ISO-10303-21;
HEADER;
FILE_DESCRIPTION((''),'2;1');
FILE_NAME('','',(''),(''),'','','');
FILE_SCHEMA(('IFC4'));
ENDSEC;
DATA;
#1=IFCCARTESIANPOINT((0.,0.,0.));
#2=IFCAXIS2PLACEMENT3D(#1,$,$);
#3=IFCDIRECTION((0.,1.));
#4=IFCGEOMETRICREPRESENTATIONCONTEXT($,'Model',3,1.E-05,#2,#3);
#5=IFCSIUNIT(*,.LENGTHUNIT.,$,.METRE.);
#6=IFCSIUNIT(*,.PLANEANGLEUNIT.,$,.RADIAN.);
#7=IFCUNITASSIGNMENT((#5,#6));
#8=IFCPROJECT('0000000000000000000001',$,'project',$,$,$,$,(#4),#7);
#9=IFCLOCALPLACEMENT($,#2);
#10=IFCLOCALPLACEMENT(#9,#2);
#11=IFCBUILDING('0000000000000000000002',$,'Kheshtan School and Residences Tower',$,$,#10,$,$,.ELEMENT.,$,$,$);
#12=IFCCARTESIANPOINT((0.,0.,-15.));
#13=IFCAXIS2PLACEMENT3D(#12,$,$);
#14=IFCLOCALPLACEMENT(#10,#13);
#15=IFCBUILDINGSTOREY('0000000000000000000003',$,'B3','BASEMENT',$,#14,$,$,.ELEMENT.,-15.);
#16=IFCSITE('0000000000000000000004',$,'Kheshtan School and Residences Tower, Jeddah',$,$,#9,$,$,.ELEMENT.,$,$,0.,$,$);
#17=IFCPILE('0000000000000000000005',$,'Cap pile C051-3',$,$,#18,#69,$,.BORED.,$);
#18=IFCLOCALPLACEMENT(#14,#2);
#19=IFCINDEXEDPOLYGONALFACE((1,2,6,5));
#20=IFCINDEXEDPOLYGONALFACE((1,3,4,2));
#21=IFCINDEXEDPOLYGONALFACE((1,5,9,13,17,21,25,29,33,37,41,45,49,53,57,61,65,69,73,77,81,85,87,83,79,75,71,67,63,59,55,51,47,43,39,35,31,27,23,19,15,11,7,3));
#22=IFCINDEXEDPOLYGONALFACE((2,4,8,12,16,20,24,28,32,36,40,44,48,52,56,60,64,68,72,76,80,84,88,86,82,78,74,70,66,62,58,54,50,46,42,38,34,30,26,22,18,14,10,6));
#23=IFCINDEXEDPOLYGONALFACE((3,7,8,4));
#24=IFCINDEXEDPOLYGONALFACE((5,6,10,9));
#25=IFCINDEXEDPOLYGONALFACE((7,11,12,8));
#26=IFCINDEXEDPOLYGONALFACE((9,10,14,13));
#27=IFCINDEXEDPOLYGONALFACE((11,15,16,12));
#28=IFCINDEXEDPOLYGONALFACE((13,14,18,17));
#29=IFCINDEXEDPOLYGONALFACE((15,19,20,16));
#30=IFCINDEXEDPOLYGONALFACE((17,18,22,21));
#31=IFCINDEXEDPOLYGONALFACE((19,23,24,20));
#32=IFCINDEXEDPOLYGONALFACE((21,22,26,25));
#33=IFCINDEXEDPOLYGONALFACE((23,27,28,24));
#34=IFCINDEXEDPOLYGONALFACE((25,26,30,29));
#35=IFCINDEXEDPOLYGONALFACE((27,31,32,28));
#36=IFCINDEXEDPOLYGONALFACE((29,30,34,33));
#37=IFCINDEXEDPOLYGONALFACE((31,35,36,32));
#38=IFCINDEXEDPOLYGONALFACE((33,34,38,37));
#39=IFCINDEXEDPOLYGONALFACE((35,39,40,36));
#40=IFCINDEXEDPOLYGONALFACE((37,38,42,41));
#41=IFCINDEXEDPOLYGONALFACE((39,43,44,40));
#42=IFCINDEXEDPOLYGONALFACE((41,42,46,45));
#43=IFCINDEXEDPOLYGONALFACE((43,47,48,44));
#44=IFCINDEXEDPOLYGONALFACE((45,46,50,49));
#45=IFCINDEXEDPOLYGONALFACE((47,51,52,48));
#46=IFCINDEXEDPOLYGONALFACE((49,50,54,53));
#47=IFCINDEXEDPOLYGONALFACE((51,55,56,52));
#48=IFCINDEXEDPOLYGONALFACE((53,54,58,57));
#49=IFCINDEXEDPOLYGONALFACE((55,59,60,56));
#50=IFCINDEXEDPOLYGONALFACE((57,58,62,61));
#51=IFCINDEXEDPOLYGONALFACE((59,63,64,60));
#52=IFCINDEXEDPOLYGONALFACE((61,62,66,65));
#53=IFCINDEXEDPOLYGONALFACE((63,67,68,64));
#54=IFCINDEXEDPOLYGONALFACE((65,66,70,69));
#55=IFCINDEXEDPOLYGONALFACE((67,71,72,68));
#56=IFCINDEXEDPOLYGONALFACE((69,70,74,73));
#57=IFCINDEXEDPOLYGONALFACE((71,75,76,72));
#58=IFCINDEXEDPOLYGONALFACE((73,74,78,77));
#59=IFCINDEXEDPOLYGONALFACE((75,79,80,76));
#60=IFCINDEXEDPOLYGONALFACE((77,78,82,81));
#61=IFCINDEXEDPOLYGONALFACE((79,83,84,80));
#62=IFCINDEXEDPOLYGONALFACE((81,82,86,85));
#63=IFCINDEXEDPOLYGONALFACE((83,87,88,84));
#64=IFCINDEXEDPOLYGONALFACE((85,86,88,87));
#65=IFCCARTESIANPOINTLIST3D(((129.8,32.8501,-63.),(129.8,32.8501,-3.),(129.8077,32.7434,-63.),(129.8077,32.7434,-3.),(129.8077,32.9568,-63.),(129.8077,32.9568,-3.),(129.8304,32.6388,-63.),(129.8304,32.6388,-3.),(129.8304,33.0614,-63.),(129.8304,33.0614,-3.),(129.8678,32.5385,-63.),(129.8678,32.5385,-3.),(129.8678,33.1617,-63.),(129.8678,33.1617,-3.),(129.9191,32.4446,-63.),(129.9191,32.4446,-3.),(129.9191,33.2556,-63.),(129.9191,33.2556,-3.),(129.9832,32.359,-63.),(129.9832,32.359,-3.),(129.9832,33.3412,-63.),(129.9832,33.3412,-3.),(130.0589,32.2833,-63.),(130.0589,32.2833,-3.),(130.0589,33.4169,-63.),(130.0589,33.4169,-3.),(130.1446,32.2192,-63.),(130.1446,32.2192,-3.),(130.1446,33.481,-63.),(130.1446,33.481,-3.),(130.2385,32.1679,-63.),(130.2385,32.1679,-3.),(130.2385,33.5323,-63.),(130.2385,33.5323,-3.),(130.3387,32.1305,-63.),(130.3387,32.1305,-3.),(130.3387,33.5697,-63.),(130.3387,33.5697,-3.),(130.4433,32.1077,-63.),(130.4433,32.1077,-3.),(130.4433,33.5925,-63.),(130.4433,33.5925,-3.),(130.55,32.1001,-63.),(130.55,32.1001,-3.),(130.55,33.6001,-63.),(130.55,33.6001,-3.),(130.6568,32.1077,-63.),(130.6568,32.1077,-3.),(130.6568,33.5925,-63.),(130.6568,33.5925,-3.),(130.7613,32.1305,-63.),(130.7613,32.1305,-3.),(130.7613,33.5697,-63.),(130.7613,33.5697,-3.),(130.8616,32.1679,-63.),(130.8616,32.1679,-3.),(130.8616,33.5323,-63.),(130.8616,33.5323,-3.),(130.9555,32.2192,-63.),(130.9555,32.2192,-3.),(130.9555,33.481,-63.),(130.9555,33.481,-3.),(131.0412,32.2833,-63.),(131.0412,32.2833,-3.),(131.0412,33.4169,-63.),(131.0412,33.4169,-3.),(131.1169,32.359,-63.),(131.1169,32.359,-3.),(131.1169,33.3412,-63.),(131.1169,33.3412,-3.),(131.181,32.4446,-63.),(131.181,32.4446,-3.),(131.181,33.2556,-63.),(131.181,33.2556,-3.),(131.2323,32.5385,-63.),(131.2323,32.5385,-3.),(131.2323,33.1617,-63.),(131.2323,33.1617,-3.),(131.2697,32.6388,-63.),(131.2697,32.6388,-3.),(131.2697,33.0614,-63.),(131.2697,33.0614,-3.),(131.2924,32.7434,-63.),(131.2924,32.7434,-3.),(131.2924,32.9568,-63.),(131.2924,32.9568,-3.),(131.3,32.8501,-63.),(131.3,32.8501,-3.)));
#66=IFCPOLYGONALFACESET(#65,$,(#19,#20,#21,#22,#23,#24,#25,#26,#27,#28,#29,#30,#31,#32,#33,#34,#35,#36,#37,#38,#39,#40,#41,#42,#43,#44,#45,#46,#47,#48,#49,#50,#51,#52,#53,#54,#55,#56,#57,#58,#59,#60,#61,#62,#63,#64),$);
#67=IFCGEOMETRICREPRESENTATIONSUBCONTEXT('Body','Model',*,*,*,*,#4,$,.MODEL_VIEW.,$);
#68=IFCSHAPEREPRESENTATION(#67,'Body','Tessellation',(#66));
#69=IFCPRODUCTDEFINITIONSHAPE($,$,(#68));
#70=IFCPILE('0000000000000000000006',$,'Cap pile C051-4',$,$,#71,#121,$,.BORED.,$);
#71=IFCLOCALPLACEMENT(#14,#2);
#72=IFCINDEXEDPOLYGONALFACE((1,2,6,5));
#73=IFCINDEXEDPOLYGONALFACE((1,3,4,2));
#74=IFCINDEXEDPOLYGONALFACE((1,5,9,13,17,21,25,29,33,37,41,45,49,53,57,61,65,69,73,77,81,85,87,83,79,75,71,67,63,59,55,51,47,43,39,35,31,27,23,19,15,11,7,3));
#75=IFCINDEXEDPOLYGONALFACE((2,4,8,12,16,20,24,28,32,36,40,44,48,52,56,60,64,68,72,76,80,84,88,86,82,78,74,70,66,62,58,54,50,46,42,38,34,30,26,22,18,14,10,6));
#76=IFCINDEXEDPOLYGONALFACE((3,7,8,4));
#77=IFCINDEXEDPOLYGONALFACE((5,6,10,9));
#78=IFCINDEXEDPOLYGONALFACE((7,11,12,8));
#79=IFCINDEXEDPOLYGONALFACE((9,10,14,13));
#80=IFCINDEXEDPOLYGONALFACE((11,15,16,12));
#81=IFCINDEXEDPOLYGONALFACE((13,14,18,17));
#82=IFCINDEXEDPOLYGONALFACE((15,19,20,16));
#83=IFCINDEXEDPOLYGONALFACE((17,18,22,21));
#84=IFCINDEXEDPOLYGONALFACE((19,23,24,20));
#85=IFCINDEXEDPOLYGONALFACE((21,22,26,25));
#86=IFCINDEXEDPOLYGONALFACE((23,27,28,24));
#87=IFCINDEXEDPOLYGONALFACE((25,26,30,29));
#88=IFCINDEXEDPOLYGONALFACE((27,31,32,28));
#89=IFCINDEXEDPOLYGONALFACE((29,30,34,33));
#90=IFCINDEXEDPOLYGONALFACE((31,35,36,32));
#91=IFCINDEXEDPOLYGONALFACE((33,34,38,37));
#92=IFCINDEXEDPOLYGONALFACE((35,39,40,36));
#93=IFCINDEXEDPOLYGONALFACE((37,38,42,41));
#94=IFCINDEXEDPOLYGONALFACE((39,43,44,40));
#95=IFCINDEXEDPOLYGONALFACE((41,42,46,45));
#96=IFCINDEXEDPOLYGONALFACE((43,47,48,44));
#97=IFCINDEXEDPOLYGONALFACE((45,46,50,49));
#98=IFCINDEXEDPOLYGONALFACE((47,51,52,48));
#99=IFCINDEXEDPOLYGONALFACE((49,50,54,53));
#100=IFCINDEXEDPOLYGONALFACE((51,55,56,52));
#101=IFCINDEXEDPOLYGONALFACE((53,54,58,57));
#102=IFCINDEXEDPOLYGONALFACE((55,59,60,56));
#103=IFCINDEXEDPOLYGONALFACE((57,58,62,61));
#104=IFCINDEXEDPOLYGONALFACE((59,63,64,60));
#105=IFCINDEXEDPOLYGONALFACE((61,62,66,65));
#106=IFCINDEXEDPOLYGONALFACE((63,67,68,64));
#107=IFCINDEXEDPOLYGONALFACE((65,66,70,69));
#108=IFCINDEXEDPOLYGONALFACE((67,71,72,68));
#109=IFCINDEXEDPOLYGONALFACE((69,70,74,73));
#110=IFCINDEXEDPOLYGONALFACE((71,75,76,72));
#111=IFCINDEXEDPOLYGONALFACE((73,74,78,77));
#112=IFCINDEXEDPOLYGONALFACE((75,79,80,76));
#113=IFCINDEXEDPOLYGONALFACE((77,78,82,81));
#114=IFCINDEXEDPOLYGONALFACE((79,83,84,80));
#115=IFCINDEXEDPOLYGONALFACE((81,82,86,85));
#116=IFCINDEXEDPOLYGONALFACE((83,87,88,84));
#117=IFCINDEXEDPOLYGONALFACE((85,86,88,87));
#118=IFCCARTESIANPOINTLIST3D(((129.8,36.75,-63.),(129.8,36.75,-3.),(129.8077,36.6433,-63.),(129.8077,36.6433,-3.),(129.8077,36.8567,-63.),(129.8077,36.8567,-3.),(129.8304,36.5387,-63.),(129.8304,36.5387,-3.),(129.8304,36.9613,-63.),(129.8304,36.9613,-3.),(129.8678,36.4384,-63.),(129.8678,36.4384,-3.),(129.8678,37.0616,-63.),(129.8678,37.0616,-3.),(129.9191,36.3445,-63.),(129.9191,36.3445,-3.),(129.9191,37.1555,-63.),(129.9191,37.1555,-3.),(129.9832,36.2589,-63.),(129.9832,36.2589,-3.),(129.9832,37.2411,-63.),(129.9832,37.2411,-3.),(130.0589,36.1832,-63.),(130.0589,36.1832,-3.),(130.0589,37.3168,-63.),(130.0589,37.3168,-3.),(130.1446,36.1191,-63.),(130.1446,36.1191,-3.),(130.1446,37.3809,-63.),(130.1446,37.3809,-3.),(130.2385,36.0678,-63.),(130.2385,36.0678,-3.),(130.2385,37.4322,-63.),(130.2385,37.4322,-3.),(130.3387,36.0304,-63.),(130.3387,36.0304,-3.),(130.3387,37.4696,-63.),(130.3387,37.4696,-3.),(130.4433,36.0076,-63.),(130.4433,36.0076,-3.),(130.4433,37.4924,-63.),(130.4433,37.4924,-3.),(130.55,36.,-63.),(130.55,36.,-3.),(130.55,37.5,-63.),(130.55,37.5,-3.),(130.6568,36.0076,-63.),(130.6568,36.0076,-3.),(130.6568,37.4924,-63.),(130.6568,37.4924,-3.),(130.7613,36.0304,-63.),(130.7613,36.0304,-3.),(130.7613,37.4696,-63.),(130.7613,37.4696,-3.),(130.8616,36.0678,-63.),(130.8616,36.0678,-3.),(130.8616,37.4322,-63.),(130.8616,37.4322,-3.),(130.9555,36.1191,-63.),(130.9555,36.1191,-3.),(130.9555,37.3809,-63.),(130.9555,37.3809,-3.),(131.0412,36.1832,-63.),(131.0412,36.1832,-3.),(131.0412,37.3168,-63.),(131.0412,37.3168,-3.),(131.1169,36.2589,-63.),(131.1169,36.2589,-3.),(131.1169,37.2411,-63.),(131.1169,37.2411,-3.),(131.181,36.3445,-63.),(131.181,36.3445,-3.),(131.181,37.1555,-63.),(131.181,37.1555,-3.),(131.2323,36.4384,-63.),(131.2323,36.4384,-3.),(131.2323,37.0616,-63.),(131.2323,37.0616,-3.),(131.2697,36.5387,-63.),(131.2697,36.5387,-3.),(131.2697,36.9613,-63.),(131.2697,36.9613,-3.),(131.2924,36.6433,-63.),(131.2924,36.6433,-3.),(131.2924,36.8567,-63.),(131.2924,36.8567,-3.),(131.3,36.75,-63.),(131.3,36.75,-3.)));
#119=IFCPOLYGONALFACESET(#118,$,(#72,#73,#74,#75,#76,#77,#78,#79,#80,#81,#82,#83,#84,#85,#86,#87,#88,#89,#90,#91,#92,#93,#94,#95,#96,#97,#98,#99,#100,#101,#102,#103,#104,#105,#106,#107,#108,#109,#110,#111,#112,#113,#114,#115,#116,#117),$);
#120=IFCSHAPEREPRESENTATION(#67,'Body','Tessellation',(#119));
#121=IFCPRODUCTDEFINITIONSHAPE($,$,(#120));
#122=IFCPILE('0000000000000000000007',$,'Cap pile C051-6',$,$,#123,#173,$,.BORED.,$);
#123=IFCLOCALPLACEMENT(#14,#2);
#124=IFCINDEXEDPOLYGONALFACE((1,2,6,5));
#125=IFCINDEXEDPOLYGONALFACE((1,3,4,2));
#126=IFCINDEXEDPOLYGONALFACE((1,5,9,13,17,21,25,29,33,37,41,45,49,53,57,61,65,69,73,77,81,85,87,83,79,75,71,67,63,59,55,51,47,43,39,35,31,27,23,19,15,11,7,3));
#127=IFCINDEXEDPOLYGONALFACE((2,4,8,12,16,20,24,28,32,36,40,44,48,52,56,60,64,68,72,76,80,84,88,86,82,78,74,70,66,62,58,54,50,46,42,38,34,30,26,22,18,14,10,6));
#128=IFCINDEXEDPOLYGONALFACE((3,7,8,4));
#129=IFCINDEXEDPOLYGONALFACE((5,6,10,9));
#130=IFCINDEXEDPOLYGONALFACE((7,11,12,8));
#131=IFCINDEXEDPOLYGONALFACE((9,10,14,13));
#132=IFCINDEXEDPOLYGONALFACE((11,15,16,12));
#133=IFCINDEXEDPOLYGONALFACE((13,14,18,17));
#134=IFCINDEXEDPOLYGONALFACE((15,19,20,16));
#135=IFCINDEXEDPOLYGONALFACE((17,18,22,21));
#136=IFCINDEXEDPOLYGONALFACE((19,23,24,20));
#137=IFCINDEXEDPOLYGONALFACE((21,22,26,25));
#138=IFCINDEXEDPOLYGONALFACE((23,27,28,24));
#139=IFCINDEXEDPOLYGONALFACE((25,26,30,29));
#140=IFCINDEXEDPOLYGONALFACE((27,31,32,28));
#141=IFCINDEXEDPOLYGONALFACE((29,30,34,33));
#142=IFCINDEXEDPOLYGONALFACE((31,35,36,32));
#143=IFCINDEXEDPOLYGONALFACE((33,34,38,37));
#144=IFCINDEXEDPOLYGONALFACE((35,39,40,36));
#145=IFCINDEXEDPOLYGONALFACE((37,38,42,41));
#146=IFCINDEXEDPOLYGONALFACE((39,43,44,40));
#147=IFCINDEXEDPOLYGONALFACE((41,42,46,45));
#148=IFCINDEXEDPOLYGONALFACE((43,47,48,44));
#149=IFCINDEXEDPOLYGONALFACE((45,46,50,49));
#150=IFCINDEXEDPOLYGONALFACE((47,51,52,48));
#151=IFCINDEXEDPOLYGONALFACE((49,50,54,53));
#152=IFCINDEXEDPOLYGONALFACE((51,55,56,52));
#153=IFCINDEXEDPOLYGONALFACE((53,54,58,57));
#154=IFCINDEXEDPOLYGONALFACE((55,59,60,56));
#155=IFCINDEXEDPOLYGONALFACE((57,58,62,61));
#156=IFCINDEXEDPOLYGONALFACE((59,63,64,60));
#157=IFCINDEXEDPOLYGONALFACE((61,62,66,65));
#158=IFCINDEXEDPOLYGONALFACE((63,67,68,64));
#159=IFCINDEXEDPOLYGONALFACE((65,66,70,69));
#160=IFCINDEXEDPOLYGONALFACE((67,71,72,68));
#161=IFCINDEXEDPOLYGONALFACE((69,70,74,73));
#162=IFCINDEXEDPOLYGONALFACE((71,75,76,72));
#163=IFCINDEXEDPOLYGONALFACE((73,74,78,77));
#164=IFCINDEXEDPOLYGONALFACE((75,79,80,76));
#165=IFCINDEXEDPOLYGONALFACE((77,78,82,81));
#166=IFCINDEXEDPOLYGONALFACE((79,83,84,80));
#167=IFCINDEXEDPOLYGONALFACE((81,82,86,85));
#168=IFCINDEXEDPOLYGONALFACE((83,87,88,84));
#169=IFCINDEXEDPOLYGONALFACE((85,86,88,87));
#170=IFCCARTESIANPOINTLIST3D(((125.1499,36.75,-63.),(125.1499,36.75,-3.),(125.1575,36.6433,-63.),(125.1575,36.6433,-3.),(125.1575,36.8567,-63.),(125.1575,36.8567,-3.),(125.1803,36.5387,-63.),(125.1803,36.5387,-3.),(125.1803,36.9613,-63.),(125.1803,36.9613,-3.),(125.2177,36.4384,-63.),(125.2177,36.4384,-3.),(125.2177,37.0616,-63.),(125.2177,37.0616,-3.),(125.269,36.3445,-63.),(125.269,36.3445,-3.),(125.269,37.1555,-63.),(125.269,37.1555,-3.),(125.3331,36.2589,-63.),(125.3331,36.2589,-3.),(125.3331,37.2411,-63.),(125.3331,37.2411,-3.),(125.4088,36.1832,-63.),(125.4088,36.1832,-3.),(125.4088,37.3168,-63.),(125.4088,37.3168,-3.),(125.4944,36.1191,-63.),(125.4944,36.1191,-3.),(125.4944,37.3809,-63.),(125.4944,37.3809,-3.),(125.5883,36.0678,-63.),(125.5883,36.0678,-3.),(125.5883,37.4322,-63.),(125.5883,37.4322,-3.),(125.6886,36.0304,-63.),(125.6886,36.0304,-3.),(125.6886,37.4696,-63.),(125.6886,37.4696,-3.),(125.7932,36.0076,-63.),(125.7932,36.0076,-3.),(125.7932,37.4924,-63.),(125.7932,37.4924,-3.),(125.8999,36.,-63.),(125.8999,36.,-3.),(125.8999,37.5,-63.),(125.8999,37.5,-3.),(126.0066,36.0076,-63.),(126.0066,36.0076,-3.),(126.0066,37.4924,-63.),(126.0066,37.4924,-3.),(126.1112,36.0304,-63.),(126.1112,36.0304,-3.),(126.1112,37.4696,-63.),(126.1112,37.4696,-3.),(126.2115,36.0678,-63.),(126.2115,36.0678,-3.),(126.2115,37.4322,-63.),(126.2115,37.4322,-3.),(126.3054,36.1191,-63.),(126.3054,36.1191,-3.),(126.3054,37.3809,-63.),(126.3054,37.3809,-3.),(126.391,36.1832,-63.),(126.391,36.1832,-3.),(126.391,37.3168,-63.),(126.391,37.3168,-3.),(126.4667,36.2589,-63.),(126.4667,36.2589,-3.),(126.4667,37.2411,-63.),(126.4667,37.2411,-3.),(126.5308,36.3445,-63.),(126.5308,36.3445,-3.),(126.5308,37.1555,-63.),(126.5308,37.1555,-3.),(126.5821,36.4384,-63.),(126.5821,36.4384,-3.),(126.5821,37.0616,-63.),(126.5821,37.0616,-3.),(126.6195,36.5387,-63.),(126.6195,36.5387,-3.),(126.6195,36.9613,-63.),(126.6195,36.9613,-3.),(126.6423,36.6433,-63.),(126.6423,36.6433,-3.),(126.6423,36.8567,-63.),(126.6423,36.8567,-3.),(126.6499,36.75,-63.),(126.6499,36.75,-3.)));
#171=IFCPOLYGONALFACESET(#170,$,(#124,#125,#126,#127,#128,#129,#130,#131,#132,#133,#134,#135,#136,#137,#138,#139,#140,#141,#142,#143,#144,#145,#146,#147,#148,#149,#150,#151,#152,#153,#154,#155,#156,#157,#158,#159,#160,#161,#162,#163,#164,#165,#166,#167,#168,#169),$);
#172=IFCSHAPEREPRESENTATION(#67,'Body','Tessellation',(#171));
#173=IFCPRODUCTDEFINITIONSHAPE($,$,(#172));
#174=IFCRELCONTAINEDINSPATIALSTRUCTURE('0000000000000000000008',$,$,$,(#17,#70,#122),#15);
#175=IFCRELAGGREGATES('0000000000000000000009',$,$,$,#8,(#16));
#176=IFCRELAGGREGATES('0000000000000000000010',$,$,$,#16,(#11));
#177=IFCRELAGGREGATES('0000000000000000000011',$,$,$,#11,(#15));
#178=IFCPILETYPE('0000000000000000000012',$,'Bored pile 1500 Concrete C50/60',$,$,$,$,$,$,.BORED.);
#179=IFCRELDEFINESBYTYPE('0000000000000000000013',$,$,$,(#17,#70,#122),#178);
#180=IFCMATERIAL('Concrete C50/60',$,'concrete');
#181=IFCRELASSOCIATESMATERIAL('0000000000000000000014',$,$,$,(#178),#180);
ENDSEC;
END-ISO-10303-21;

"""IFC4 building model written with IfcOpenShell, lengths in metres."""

from ifc_helpers import new_model, si_unit, direction, frame, origin, origin_2d, place, context, subcontext, project, spatial, circle, extrude, material, material_profile, profile_set, type_object, element, save


model = new_model("IFC4")

# Units and contexts
model_context = context("Model", 3, precision=1e-05, world=origin(), true_north=direction((0.0, 1.0)))
body_context = subcontext(model_context, "Body", "Model", "MODEL_VIEW")
ifc_project = project(units=[si_unit("LENGTHUNIT", "METRE"), si_unit("PLANEANGLEUNIT", "RADIAN")], contexts=[model_context])

# Site, building, storey
site_placement = place(None, origin())
site = spatial("IfcSite", under=ifc_project, at=site_placement, Name="Kheshtan School and Residences Tower, Jeddah", CompositionType="ELEMENT", RefElevation=0.0)
building_placement = place(site_placement, origin())
building = spatial("IfcBuilding", under=site, at=building_placement, Name="Kheshtan School and Residences Tower", CompositionType="ELEMENT")
storey_placement = place(building_placement, frame((0.0, 0.0, -15.0)))
storey = spatial("IfcBuildingStorey", under=building, at=storey_placement, Name="B3", Description="BASEMENT", CompositionType="ELEMENT", Elevation=-15.0)

# Piles
ifc_material_1 = material(Name="Concrete C50/60", Category="concrete")
ifc_material_profile_1 = material_profile(ifc_material_1, circle(Radius=0.75, at=origin_2d()), Name="BP 1500")
ifc_profile_set_1 = profile_set([ifc_material_profile_1], Name="Concrete C50/60")
pile_type_1 = type_object("IfcPileType", Name="Bored pile 1500 Concrete C50/60", PredefinedType="BORED", material=ifc_profile_set_1)
for number, where, z_axis, x_axis, name in (
    (1, (130.55, 32.8501, -3.0), (0.0, 0.0, -1.0), (1.0, 0.0, 0.0), "Cap pile C051-3"),
    (2, (130.55, 36.75, -3.0), (0.0, 0.0, -1.0), (1.0, 0.0, 0.0), "Cap pile C051-4"),
    (3, (125.8999, 36.75, -3.0), (0.0, 0.0, -1.0), (1.0, 0.0, 0.0), "Cap pile C051-6"),
):
    element("IfcPile", number, at=place(storey_placement, frame(where, z_axis=z_axis, x_axis=x_axis)), inside=storey, type_object=pile_type_1, Name=name, PredefinedType="BORED", context=body_context, shape_type="SweptSolid", body=[
        extrude(circle(Radius=0.75, at=origin_2d()), origin(), (0.0, 0.0, 1.0), 60.0),
    ])

save(model, "model.ifc")
